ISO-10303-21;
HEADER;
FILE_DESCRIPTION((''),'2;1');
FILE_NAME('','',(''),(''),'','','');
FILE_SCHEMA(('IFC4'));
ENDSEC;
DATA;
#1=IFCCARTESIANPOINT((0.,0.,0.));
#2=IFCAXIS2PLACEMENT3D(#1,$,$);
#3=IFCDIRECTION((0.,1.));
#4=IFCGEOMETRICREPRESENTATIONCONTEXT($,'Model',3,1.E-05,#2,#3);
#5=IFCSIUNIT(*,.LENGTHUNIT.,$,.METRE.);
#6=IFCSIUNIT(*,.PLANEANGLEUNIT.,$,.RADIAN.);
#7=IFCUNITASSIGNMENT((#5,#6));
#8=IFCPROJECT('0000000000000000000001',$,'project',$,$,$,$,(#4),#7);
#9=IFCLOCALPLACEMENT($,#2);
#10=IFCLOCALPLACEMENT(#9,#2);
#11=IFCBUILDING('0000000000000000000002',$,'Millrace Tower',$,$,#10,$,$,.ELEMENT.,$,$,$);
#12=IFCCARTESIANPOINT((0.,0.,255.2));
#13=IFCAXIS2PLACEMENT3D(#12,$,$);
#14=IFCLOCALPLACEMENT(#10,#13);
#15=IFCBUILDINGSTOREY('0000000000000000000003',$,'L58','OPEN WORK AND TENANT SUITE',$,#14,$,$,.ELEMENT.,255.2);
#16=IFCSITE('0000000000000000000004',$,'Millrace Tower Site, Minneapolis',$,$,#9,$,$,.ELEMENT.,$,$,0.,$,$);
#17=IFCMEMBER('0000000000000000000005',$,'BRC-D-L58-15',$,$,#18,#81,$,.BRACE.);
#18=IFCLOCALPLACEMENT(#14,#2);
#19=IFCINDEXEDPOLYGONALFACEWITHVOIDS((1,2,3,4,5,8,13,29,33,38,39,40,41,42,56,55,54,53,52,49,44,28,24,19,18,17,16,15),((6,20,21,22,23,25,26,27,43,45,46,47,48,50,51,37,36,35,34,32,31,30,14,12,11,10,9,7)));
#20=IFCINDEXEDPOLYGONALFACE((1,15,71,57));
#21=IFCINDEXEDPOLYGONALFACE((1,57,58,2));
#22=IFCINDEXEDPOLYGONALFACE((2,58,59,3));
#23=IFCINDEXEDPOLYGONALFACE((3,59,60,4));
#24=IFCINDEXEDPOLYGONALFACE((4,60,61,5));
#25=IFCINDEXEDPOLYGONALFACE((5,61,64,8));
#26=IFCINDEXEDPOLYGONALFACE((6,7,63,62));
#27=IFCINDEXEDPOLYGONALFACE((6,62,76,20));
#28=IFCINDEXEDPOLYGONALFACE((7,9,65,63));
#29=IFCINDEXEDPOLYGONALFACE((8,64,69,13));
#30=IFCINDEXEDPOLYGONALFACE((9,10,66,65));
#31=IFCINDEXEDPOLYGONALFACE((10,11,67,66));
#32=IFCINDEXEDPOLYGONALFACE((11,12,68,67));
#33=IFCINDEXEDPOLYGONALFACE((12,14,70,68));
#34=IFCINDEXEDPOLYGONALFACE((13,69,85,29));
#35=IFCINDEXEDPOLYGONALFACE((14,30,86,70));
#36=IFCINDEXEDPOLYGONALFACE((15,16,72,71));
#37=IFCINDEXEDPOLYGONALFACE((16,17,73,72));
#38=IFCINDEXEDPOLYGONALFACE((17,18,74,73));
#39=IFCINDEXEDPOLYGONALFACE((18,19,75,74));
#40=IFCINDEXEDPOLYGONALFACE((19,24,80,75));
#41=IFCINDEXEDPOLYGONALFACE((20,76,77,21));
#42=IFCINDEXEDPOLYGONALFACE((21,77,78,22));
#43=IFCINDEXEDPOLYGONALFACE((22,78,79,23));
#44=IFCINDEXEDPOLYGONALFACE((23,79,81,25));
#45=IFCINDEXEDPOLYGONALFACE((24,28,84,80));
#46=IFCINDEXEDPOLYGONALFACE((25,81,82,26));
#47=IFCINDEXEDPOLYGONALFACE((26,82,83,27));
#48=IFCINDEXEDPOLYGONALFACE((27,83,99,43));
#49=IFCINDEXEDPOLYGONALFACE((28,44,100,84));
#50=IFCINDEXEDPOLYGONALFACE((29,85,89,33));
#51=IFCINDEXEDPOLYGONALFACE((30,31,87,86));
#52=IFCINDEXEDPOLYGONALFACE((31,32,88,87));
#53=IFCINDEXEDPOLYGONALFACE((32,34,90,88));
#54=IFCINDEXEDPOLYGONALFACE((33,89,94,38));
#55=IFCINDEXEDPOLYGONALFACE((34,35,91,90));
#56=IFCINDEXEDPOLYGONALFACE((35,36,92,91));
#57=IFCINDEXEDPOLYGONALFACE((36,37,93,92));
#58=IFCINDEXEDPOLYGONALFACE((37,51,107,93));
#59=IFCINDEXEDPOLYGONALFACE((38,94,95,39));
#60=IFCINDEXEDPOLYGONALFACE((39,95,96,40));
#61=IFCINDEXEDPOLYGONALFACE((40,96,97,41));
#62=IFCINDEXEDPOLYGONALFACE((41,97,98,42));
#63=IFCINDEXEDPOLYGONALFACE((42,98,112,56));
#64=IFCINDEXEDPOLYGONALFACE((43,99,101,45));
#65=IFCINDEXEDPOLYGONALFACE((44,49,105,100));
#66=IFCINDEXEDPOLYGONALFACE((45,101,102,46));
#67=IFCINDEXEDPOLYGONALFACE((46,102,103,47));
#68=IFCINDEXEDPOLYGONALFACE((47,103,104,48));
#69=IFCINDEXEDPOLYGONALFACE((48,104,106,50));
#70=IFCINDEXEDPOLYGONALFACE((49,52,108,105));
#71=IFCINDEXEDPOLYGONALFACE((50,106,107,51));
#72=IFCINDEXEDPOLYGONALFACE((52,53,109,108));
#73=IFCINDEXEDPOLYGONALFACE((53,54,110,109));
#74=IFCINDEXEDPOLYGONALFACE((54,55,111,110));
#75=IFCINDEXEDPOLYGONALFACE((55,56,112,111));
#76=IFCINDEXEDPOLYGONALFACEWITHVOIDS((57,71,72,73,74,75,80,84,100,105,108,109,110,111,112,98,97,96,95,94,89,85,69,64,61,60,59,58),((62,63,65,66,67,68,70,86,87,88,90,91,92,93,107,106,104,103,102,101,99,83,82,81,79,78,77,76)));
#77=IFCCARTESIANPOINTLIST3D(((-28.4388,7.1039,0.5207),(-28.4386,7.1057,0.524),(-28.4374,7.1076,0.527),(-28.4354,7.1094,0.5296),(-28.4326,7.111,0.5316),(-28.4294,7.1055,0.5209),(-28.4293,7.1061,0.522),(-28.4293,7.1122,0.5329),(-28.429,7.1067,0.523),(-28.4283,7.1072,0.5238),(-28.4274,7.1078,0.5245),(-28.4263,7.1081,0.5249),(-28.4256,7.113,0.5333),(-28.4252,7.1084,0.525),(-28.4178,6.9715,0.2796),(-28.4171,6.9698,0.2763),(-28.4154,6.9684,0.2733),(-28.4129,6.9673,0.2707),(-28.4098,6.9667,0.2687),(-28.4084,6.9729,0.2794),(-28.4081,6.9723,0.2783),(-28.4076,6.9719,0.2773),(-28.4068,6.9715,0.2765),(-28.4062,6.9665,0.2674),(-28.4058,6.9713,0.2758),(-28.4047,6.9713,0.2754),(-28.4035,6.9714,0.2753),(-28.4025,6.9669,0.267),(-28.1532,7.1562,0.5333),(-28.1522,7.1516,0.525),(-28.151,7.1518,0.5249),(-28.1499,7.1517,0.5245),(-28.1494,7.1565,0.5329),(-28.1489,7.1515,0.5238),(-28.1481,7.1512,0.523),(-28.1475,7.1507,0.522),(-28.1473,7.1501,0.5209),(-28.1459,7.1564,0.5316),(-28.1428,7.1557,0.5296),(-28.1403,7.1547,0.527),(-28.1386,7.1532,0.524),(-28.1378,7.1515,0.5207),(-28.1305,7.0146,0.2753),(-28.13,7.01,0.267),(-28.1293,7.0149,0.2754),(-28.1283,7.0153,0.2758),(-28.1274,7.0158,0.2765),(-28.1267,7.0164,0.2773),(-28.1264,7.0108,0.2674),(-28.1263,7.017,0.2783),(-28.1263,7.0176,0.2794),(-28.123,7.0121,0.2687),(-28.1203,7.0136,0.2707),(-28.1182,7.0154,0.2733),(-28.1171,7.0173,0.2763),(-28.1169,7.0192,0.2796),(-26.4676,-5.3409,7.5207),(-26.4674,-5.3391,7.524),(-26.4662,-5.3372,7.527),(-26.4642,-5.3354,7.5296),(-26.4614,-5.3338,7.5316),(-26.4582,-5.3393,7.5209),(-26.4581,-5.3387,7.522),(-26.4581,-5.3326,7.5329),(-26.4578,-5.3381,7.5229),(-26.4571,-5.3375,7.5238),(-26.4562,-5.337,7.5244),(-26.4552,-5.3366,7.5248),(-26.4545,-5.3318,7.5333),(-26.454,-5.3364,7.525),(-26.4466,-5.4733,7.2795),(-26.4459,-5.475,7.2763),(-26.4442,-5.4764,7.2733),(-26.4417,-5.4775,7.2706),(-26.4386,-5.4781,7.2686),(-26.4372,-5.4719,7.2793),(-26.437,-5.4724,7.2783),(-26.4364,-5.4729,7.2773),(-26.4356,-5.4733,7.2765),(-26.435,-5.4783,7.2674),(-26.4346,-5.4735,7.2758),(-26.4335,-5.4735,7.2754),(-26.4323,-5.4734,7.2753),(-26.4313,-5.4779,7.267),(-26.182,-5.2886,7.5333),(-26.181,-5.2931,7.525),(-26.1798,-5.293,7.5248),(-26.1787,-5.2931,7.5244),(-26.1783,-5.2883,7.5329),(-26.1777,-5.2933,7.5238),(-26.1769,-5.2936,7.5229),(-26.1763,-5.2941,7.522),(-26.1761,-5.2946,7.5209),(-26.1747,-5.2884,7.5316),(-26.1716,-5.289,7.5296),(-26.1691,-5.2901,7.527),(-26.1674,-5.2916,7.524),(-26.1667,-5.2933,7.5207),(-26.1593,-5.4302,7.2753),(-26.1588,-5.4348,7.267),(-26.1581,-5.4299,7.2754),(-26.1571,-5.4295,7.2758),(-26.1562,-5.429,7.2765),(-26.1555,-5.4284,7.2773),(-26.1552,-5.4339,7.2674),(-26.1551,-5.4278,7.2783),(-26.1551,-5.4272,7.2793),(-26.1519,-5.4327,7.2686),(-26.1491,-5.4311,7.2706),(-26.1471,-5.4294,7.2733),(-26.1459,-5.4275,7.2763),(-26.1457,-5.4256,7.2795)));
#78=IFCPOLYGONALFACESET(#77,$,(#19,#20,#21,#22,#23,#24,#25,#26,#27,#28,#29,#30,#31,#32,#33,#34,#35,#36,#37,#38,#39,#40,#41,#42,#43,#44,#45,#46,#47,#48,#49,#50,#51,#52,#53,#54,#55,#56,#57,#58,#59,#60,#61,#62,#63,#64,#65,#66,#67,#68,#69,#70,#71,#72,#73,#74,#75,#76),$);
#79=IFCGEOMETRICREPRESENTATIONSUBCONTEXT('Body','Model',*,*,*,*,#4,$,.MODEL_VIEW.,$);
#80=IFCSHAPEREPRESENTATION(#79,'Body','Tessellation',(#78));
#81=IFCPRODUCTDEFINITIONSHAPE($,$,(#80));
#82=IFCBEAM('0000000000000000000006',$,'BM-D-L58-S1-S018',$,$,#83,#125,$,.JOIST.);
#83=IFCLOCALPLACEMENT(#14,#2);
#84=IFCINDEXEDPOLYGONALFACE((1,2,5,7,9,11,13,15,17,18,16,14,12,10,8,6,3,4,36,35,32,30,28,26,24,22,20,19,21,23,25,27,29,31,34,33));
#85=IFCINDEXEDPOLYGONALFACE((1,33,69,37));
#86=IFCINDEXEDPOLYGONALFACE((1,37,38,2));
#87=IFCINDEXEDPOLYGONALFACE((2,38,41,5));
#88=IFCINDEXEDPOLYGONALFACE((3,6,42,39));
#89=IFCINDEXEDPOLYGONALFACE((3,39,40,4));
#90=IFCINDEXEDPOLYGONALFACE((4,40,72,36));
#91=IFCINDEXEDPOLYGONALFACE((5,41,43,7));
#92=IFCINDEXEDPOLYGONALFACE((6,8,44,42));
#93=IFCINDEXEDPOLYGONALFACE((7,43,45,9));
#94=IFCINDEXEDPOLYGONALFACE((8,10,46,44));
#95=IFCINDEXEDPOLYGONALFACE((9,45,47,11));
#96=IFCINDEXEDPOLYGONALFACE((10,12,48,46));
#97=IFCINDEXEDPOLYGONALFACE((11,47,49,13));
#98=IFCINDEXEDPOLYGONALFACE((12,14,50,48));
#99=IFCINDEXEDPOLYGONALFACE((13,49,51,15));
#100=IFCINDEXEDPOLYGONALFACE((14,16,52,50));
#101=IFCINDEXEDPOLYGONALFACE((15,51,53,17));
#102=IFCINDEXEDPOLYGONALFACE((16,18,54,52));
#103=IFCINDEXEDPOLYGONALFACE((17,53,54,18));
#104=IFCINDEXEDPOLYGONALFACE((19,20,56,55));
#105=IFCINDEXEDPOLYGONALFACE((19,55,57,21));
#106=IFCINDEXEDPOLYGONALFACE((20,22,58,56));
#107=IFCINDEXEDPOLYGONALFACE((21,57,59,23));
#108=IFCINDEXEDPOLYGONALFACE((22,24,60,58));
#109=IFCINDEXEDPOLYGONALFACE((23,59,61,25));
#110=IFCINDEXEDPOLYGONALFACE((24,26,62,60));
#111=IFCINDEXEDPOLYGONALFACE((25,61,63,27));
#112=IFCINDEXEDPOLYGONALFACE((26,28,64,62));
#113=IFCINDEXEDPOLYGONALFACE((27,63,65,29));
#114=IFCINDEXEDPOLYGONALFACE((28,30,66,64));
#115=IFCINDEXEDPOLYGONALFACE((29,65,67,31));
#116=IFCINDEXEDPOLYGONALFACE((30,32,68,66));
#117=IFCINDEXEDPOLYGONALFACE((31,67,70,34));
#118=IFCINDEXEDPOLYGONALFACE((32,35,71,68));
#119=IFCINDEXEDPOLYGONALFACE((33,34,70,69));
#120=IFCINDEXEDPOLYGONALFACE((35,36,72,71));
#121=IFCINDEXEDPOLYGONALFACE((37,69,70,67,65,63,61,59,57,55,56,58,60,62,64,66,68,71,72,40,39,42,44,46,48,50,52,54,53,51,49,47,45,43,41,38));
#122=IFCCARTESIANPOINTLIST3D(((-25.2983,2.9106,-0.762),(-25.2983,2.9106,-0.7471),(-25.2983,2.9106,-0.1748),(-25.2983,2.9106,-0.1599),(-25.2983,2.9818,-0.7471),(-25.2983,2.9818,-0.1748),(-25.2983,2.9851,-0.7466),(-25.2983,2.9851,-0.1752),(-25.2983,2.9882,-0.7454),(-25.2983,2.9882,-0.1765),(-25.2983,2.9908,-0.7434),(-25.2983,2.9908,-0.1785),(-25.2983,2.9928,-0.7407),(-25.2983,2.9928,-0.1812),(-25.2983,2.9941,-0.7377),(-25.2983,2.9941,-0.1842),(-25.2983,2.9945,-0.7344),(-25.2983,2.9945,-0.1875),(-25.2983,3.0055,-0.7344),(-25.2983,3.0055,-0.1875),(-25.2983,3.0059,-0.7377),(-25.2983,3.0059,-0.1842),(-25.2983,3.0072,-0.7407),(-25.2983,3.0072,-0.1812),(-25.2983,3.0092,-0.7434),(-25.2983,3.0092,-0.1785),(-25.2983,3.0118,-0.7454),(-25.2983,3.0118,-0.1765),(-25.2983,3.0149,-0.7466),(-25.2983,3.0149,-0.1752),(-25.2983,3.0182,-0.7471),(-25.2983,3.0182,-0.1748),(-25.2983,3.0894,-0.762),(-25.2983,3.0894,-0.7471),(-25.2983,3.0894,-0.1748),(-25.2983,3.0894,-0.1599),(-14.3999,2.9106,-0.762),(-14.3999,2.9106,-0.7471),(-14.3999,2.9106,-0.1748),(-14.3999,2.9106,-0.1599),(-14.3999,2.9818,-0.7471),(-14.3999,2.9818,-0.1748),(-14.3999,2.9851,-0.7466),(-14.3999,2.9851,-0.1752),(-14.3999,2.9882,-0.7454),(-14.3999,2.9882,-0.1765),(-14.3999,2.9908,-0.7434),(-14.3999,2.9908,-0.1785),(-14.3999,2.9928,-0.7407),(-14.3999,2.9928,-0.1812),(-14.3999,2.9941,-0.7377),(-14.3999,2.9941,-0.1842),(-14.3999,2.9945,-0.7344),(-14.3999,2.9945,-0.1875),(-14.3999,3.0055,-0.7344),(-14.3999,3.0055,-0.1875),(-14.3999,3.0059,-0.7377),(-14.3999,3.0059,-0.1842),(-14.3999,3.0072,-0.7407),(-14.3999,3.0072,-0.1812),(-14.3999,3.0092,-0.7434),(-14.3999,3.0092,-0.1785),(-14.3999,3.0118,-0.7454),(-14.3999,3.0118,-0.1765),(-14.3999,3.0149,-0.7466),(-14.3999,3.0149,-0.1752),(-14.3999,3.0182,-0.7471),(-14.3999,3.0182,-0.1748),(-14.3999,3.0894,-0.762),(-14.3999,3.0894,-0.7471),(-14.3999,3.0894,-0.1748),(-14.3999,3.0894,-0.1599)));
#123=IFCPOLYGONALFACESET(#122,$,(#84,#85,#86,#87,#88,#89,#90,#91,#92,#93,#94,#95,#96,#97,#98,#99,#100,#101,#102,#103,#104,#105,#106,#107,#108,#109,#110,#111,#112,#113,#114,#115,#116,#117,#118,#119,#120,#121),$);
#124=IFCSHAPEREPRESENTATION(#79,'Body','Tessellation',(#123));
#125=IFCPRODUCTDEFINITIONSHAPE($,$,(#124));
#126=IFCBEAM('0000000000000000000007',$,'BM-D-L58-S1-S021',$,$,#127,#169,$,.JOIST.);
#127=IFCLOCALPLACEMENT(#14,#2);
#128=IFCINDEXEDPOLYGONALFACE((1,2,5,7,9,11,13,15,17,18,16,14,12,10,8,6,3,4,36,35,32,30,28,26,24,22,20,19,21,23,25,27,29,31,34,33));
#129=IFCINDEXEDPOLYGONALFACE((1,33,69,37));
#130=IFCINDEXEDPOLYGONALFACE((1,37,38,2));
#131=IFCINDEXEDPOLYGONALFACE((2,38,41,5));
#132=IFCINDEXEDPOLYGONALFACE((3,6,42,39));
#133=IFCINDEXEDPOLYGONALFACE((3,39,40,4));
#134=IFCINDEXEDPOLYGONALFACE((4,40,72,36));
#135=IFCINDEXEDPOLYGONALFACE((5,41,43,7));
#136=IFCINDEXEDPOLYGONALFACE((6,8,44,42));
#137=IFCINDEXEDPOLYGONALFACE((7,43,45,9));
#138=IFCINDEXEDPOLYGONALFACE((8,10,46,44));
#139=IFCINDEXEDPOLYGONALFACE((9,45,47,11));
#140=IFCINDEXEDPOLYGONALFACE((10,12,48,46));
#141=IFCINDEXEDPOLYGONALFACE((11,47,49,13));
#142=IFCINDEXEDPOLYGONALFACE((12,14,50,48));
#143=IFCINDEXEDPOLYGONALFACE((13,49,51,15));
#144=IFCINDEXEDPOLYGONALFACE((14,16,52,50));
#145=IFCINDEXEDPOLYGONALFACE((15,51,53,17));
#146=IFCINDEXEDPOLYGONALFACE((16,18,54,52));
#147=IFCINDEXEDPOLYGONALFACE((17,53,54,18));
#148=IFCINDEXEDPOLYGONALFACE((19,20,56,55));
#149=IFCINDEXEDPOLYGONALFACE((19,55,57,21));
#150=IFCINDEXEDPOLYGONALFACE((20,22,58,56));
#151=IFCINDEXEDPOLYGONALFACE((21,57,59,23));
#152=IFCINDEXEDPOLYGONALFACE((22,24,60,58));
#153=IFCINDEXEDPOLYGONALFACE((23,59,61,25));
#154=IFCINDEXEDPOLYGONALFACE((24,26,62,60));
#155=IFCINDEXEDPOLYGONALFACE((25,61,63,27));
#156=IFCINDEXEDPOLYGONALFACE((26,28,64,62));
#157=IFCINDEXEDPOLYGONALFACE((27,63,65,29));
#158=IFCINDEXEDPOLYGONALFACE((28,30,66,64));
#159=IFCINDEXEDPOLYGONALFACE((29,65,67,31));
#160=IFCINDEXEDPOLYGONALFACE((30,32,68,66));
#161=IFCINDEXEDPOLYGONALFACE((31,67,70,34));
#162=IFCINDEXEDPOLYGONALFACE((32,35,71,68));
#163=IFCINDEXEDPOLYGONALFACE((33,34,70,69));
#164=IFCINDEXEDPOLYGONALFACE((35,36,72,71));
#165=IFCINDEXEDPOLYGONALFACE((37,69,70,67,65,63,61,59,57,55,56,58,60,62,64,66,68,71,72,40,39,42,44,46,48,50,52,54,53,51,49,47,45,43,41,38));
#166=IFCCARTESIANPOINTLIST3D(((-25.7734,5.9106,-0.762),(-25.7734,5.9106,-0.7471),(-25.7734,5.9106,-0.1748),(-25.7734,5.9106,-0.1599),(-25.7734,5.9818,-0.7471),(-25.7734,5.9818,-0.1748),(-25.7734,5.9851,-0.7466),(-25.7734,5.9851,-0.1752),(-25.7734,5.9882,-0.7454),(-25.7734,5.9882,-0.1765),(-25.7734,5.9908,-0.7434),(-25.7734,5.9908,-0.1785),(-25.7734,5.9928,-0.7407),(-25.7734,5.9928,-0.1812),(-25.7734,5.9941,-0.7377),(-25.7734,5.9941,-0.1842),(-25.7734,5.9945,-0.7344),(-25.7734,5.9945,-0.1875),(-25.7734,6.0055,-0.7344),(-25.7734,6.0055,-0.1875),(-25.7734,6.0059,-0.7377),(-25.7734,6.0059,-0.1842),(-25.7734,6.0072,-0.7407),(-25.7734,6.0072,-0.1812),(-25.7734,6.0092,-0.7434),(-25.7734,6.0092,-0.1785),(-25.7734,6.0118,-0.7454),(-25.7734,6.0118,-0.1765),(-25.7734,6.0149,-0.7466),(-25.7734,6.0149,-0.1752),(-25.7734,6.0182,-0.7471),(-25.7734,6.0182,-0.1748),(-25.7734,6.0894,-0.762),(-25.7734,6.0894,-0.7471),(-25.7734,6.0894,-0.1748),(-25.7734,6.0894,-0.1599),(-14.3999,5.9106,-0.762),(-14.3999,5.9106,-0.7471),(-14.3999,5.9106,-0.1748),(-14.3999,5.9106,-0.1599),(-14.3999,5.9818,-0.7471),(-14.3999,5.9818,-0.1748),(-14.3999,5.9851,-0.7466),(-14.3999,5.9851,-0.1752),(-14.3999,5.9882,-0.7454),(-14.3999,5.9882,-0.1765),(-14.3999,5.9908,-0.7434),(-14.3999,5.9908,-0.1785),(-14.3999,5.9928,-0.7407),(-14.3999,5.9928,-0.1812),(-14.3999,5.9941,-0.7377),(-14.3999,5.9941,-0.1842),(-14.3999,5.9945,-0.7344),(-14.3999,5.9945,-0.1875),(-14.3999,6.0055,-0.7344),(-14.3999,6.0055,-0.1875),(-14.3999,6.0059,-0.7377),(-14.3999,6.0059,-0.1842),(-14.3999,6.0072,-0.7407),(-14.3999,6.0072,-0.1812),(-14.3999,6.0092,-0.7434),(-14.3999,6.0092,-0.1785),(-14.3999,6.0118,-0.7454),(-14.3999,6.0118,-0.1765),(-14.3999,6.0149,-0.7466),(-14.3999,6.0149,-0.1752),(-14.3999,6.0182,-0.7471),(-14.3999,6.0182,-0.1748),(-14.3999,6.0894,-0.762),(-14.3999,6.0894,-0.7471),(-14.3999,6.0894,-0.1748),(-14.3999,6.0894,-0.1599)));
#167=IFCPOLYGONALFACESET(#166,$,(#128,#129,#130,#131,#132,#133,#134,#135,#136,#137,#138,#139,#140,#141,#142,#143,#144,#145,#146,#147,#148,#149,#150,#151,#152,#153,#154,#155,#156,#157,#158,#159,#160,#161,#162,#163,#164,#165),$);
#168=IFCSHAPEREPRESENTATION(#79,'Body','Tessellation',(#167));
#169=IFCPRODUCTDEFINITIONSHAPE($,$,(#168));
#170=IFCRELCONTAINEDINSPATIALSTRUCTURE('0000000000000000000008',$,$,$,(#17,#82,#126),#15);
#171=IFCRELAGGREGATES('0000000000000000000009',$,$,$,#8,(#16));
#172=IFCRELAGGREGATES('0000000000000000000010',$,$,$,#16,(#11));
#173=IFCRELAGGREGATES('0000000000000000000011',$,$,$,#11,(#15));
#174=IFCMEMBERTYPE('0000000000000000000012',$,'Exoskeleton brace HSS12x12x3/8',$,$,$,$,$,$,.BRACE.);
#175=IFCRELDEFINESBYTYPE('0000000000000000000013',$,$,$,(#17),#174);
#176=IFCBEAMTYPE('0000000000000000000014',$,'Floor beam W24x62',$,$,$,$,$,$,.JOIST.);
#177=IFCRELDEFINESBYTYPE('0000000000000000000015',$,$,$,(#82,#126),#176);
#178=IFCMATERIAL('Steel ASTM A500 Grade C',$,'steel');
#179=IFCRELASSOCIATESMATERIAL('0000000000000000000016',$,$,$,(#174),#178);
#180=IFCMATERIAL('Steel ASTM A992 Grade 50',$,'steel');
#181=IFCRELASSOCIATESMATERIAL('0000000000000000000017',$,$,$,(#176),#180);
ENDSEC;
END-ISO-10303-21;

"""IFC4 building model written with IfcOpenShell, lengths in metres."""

from ifc_helpers import new_model, si_unit, direction, frame, origin, origin_2d, place, context, subcontext, project, spatial, hollow_rectangle, i_section, extrude, material, material_profile, profile_set, type_object, element, save


model = new_model("IFC4")

# Units and contexts
model_context = context("Model", 3, precision=1e-05, world=origin(), true_north=direction((0.0, 1.0)))
body_context = subcontext(model_context, "Body", "Model", "MODEL_VIEW")
ifc_project = project(units=[si_unit("LENGTHUNIT", "METRE"), si_unit("PLANEANGLEUNIT", "RADIAN")], contexts=[model_context])

# Site, building, storey
site_placement = place(None, origin())
site = spatial("IfcSite", under=ifc_project, at=site_placement, Name="Millrace Tower Site, Minneapolis", CompositionType="ELEMENT", RefElevation=0.0)
building_placement = place(site_placement, origin())
building = spatial("IfcBuilding", under=site, at=building_placement, Name="Millrace Tower", CompositionType="ELEMENT")
storey_placement = place(building_placement, frame((0.0, 0.0, 255.2)))
storey = spatial("IfcBuildingStorey", under=building, at=storey_placement, Name="L58", Description="OPEN WORK AND TENANT SUITE", CompositionType="ELEMENT", Elevation=255.2)

# Member
ifc_material_1 = material(Name="Steel ASTM A500 Grade C", Category="steel")
ifc_material_profile_1 = material_profile(ifc_material_1, hollow_rectangle(XDim=0.3047, YDim=0.3047, WallThickness=0.0095, InnerFilletRadius=0.0046, OuterFilletRadius=0.0144, at=origin_2d()))
ifc_profile_set_1 = profile_set([ifc_material_profile_1], Name="Steel ASTM A500 Grade C")
member_type_1 = type_object("IfcMemberType", Name="Exoskeleton brace HSS12x12x3/8", PredefinedType="BRACE", material=ifc_profile_set_1)
member_1_placement = place(storey_placement, frame((-28.2778, 7.0615, 0.4001), z_axis=(0.136757, -0.863393, 0.485644), x_axis=(0.987687, 0.156444, 0.0)))
element("IfcMember", 1, at=member_1_placement, inside=storey, type_object=member_type_1, Name="BRC-D-L58-15", PredefinedType="BRACE", context=body_context, shape_type="SweptSolid", body=[
    extrude(hollow_rectangle(XDim=0.3047, YDim=0.3047, WallThickness=0.0095, InnerFilletRadius=0.0046, OuterFilletRadius=0.0144, at=origin_2d()), origin(), (0.0, 0.0, 1.0), 14.4138),
])

# Beams
ifc_material_2 = material(Name="Steel ASTM A992 Grade 50", Category="steel")
ifc_material_profile_2 = material_profile(ifc_material_2, i_section(OverallWidth=0.1787, OverallDepth=0.6021, WebThickness=0.011, FlangeThickness=0.0149, FilletRadius=0.0127, at=origin_2d()))
ifc_profile_set_2 = profile_set([ifc_material_profile_2], Name="Steel ASTM A992 Grade 50")
beam_type_1 = type_object("IfcBeamType", Name="Floor beam W24x62", PredefinedType="JOIST", material=ifc_profile_set_2)
beam_1_placement = place(storey_placement, frame((-25.2983, 3.0, -0.4609), z_axis=(1.0, 0.0, 0.0), x_axis=(0.0, 1.0, 0.0)))
element("IfcBeam", 2, at=beam_1_placement, inside=storey, type_object=beam_type_1, Name="BM-D-L58-S1-S018", PredefinedType="JOIST", context=body_context, shape_type="SweptSolid", body=[
    extrude(i_section(OverallWidth=0.1787, OverallDepth=0.6021, WebThickness=0.011, FlangeThickness=0.0149, FilletRadius=0.0127, at=origin_2d()), origin(), (0.0, 0.0, 1.0), 10.8984),
])
beam_2_placement = place(storey_placement, frame((-25.7734, 6.0, -0.4609), z_axis=(1.0, 0.0, 0.0), x_axis=(0.0, 1.0, 0.0)))
element("IfcBeam", 3, at=beam_2_placement, inside=storey, type_object=beam_type_1, Name="BM-D-L58-S1-S021", PredefinedType="JOIST", context=body_context, shape_type="SweptSolid", body=[
    extrude(i_section(OverallWidth=0.1787, OverallDepth=0.6021, WebThickness=0.011, FlangeThickness=0.0149, FilletRadius=0.0127, at=origin_2d()), origin(), (0.0, 0.0, 1.0), 11.3735),
])

save(model, "model.ifc")
